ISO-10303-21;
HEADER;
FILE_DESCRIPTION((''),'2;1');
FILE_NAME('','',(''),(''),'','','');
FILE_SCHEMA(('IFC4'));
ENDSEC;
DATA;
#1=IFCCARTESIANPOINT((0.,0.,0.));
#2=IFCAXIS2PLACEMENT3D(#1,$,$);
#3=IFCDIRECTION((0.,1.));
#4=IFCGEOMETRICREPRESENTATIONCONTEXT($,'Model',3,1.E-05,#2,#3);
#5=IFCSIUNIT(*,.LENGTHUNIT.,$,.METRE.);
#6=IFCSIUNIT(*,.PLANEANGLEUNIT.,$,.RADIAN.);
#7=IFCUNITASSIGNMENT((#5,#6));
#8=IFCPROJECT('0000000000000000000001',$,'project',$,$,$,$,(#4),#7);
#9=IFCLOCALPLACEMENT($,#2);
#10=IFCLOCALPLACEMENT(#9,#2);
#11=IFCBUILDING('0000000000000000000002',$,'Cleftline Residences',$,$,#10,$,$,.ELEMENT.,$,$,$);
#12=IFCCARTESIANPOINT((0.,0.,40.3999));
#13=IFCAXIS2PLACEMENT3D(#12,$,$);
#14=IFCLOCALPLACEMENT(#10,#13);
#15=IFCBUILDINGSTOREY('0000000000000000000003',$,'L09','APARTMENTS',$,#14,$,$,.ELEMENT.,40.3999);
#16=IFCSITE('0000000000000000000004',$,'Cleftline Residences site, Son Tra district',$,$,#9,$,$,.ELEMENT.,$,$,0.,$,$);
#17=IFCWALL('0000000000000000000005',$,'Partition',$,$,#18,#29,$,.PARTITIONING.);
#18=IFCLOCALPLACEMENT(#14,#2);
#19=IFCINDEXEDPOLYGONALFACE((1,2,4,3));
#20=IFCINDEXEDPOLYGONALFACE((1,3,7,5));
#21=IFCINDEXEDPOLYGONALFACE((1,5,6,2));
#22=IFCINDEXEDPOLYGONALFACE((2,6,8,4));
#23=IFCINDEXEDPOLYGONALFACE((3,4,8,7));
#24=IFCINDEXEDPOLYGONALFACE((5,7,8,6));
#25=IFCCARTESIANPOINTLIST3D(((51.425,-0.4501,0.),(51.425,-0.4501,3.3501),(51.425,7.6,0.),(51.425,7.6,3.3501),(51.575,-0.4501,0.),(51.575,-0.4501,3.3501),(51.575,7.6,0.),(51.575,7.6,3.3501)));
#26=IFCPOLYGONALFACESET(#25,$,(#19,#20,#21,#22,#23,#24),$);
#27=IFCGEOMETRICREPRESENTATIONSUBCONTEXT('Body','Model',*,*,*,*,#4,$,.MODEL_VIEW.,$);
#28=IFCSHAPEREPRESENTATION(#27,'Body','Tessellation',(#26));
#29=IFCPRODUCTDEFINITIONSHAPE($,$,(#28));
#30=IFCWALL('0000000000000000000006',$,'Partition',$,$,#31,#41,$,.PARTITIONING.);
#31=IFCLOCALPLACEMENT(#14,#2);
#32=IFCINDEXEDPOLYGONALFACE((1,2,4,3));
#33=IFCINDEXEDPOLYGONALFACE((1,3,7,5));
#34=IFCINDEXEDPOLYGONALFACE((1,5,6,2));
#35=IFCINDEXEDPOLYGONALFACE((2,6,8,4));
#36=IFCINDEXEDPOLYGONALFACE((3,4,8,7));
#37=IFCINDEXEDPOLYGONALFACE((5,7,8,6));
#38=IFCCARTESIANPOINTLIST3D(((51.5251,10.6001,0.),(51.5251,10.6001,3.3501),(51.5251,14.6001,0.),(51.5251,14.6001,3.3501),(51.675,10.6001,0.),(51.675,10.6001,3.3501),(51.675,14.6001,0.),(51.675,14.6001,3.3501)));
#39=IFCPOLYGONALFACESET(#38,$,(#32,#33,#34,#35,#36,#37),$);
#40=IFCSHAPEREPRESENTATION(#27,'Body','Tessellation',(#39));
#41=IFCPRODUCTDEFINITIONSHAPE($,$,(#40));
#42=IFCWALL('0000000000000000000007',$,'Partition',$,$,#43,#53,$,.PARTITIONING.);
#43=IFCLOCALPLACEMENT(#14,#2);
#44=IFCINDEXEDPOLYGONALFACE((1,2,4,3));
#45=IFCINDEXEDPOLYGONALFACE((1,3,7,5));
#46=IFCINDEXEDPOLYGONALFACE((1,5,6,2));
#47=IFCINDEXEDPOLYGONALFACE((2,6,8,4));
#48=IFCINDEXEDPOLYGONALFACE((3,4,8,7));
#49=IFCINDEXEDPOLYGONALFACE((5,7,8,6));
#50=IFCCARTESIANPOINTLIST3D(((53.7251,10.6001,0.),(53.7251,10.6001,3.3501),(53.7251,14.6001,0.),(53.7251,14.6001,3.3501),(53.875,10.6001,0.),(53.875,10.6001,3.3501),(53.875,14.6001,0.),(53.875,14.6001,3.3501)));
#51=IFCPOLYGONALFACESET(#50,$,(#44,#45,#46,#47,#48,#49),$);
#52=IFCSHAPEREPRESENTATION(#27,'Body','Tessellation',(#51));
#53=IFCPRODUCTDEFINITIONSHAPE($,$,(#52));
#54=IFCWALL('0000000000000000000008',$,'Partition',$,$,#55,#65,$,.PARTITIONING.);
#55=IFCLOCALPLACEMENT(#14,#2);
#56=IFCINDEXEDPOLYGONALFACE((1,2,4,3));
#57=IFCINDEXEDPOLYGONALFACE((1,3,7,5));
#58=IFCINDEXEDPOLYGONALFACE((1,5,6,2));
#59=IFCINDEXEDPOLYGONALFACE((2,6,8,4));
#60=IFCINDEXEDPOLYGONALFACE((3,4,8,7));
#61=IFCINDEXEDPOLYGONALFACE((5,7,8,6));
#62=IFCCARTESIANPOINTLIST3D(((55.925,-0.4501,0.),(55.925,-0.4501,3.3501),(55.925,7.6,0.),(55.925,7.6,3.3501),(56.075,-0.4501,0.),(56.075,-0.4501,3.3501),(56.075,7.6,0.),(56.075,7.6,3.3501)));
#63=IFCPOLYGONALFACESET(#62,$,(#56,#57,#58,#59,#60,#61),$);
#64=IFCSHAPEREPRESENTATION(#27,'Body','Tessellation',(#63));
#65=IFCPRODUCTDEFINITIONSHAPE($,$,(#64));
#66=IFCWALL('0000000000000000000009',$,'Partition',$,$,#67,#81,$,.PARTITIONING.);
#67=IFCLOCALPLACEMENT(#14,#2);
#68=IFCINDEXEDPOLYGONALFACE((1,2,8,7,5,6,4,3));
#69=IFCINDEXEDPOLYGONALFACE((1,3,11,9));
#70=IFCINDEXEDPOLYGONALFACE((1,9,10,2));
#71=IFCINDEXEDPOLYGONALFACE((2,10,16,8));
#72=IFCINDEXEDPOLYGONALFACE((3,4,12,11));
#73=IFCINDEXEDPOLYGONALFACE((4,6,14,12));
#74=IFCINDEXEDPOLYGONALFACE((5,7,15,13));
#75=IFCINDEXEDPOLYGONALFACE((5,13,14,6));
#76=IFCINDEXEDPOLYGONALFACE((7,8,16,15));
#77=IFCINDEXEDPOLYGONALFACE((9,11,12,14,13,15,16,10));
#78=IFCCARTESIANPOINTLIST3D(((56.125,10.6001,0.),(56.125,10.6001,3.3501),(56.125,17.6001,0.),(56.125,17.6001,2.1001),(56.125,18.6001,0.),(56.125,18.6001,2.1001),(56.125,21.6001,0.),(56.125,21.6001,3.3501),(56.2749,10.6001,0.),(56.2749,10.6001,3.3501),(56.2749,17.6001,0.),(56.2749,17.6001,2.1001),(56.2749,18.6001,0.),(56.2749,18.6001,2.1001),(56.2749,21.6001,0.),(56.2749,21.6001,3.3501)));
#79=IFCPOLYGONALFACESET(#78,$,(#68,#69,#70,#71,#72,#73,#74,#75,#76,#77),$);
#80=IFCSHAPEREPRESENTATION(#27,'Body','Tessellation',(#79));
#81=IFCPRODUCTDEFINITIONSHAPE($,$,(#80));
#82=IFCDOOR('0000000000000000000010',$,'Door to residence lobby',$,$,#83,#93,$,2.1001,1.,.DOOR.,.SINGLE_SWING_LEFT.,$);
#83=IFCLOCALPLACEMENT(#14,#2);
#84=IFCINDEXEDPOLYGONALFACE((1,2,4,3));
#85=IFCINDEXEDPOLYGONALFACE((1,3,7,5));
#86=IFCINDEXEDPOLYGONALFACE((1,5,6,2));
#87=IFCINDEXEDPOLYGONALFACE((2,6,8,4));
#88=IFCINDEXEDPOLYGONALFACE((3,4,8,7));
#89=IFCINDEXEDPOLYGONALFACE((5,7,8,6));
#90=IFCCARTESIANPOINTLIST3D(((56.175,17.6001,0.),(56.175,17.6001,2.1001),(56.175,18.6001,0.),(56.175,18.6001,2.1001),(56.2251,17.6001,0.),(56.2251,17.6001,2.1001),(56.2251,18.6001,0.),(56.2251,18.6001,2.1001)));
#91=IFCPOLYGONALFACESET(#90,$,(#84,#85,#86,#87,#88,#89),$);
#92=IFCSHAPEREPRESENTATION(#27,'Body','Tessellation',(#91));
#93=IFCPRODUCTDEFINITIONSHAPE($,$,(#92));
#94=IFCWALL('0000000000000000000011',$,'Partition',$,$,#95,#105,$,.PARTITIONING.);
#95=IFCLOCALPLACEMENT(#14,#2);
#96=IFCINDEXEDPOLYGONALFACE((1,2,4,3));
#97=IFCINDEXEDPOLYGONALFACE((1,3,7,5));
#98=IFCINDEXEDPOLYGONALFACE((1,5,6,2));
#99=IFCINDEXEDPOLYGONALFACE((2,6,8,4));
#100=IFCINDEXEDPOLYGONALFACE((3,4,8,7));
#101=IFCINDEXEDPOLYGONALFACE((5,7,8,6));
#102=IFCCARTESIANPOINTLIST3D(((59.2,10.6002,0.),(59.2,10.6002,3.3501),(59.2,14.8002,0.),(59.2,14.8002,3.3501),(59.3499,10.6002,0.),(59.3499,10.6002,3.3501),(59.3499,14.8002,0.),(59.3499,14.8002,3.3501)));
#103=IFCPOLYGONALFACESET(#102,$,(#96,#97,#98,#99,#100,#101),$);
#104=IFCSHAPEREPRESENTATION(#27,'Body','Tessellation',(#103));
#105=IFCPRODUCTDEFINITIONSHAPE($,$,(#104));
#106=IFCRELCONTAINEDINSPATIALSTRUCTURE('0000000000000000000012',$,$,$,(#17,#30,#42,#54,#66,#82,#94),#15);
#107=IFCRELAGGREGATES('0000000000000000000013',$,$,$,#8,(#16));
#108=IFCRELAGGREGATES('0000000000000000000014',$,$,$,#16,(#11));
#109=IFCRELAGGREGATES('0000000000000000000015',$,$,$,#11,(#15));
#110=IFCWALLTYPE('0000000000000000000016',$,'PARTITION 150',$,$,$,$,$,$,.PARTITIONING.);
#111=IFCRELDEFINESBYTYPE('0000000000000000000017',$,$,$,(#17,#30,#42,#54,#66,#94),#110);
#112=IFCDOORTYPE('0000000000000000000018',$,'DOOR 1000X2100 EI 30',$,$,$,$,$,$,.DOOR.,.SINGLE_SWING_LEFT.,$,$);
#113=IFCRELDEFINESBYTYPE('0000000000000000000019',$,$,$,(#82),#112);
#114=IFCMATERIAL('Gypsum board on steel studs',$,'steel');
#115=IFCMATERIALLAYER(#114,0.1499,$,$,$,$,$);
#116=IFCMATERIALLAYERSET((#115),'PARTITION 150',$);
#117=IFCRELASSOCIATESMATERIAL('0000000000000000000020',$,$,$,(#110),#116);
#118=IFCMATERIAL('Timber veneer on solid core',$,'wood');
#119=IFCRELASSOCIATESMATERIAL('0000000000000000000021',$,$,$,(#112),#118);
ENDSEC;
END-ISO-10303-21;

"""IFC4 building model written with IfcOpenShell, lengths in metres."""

from ifc_helpers import new_model, si_unit, direction, frame, frame_2d, origin, place, context, subcontext, project, spatial, rectangle, extrude, material, layer, layer_set, type_object, element, fill, save


model = new_model("IFC4")

# Units and contexts
model_context = context("Model", 3, precision=1e-05, world=origin(), true_north=direction((0.0, 1.0)))
body_context = subcontext(model_context, "Body", "Model", "MODEL_VIEW")
ifc_project = project(units=[si_unit("LENGTHUNIT", "METRE"), si_unit("PLANEANGLEUNIT", "RADIAN")], contexts=[model_context])

# Site, building, storey
site_placement = place(None, origin())
site = spatial("IfcSite", under=ifc_project, at=site_placement, Name="Cleftline Residences site, Son Tra district", CompositionType="ELEMENT", RefElevation=0.0)
building_placement = place(site_placement, origin())
building = spatial("IfcBuilding", under=site, at=building_placement, Name="Cleftline Residences", CompositionType="ELEMENT")
storey_placement = place(building_placement, frame((0.0, 0.0, 40.3999)))
storey = spatial("IfcBuildingStorey", under=building, at=storey_placement, Name="L09", Description="APARTMENTS", CompositionType="ELEMENT", Elevation=40.3999)

# Shared definitions
ifc_material_1 = material(Name="Gypsum board on steel studs", Category="steel")
ifc_layer_1 = layer(ifc_material_1, 0.1499)
ifc_layer_set_1 = layer_set([ifc_layer_1], Name="PARTITION 150")
wall_type_1 = type_object("IfcWallType", Name="PARTITION 150", PredefinedType="PARTITIONING", material=ifc_layer_set_1)

# Walls
wall_1_placement = place(storey_placement, frame((51.5, -0.45, 0.0), z_axis=(0.0, 0.0, 1.0), x_axis=(0.0, 1.0, 0.0)))
element("IfcWall", 1, at=wall_1_placement, inside=storey, type_object=wall_type_1, Name="Partition", PredefinedType="PARTITIONING", context=body_context, shape_type="SweptSolid", body=[
    extrude(rectangle(XDim=8.05, YDim=0.1499, at=frame_2d((4.0249, 0.0))), origin(), (0.0, 0.0, 1.0), 3.3501),
])
for number, where, z_axis, x_axis, name in (
    (2, (51.6001, 10.6001, 0.0), (0.0, 0.0, 1.0), (0.0, 1.0, 0.0), "Partition"),
    (3, (53.8, 10.6001, 0.0), (0.0, 0.0, 1.0), (0.0, 1.0, 0.0), "Partition"),
):
    element("IfcWall", number, at=place(storey_placement, frame(where, z_axis=z_axis, x_axis=x_axis)), inside=storey, type_object=wall_type_1, Name=name, PredefinedType="PARTITIONING", context=body_context, shape_type="SweptSolid", body=[
        extrude(rectangle(XDim=4.0, YDim=0.1499, at=frame_2d((2.0, 0.0))), origin(), (0.0, 0.0, 1.0), 3.3501),
    ])
wall_2_placement = place(storey_placement, frame((56.0, -0.45, 0.0), z_axis=(0.0, 0.0, 1.0), x_axis=(0.0, 1.0, 0.0)))
element("IfcWall", 4, at=wall_2_placement, inside=storey, type_object=wall_type_1, Name="Partition", PredefinedType="PARTITIONING", context=body_context, shape_type="SweptSolid", body=[
    extrude(rectangle(XDim=8.05, YDim=0.1499, at=frame_2d((4.0249, 0.0))), origin(), (0.0, 0.0, 1.0), 3.3501),
])

# Wall, opening, door
wall_3_placement = place(storey_placement, frame((56.2, 10.6001, 0.0), z_axis=(0.0, 0.0, 1.0), x_axis=(0.0, 1.0, 0.0)))
wall_3 = element("IfcWall", 5, at=wall_3_placement, inside=storey, type_object=wall_type_1, Name="Partition", PredefinedType="PARTITIONING", context=body_context, shape_type="SweptSolid", body=[
    extrude(rectangle(XDim=11.0, YDim=0.1499, at=frame_2d((5.5, 0.0))), origin(), (0.0, 0.0, 1.0), 3.3501),
])
opening_1_placement = place(wall_3_placement, frame((7.0, 0.0, 0.0)))
opening_1 = element("IfcOpeningElement", 6, at=opening_1_placement, cuts=wall_3, PredefinedType="OPENING", context=body_context, shape_type="SweptSolid", body=[
    extrude(rectangle(XDim=1.0, YDim=2.1001, at=frame_2d((0.5, 1.05))), frame((0.0, 0.085, 0.0), z_axis=(0.0, -1.0, 0.0), x_axis=(1.0, 0.0, 0.0)), (0.0, 0.0, 1.0), 0.1699),
])
ifc_material_2 = material(Name="Timber veneer on solid core", Category="wood")
door_type_1 = type_object("IfcDoorType", Name="DOOR 1000X2100 EI 30", OperationType="SINGLE_SWING_LEFT", PredefinedType="DOOR", material=ifc_material_2)
door_1_placement = place(opening_1_placement, origin())
door_1 = element("IfcDoor", 7, at=door_1_placement, inside=storey, type_object=door_type_1, Name="Door to residence lobby", OperationType="SINGLE_SWING_LEFT", OverallHeight=2.1001, OverallWidth=1.0, PredefinedType="DOOR", context=body_context, shape_type="SweptSolid", body=[
    extrude(rectangle(XDim=1.0, YDim=2.1001, at=frame_2d((0.5, 1.05))), frame((0.0, 0.0249, 0.0), z_axis=(0.0, -1.0, 0.0), x_axis=(1.0, 0.0, 0.0)), (0.0, 0.0, 1.0), 0.05),
])
fill(opening_1, door_1)

# Wall
wall_4_placement = place(storey_placement, frame((59.2749, 10.6001, 0.0), z_axis=(0.0, 0.0, 1.0), x_axis=(0.0, 1.0, 0.0)))
element("IfcWall", 8, at=wall_4_placement, inside=storey, type_object=wall_type_1, Name="Partition", PredefinedType="PARTITIONING", context=body_context, shape_type="SweptSolid", body=[
    extrude(rectangle(XDim=4.2, YDim=0.1499, at=frame_2d((2.1001, 0.0))), origin(), (0.0, 0.0, 1.0), 3.3501),
])

save(model, "model.ifc")
